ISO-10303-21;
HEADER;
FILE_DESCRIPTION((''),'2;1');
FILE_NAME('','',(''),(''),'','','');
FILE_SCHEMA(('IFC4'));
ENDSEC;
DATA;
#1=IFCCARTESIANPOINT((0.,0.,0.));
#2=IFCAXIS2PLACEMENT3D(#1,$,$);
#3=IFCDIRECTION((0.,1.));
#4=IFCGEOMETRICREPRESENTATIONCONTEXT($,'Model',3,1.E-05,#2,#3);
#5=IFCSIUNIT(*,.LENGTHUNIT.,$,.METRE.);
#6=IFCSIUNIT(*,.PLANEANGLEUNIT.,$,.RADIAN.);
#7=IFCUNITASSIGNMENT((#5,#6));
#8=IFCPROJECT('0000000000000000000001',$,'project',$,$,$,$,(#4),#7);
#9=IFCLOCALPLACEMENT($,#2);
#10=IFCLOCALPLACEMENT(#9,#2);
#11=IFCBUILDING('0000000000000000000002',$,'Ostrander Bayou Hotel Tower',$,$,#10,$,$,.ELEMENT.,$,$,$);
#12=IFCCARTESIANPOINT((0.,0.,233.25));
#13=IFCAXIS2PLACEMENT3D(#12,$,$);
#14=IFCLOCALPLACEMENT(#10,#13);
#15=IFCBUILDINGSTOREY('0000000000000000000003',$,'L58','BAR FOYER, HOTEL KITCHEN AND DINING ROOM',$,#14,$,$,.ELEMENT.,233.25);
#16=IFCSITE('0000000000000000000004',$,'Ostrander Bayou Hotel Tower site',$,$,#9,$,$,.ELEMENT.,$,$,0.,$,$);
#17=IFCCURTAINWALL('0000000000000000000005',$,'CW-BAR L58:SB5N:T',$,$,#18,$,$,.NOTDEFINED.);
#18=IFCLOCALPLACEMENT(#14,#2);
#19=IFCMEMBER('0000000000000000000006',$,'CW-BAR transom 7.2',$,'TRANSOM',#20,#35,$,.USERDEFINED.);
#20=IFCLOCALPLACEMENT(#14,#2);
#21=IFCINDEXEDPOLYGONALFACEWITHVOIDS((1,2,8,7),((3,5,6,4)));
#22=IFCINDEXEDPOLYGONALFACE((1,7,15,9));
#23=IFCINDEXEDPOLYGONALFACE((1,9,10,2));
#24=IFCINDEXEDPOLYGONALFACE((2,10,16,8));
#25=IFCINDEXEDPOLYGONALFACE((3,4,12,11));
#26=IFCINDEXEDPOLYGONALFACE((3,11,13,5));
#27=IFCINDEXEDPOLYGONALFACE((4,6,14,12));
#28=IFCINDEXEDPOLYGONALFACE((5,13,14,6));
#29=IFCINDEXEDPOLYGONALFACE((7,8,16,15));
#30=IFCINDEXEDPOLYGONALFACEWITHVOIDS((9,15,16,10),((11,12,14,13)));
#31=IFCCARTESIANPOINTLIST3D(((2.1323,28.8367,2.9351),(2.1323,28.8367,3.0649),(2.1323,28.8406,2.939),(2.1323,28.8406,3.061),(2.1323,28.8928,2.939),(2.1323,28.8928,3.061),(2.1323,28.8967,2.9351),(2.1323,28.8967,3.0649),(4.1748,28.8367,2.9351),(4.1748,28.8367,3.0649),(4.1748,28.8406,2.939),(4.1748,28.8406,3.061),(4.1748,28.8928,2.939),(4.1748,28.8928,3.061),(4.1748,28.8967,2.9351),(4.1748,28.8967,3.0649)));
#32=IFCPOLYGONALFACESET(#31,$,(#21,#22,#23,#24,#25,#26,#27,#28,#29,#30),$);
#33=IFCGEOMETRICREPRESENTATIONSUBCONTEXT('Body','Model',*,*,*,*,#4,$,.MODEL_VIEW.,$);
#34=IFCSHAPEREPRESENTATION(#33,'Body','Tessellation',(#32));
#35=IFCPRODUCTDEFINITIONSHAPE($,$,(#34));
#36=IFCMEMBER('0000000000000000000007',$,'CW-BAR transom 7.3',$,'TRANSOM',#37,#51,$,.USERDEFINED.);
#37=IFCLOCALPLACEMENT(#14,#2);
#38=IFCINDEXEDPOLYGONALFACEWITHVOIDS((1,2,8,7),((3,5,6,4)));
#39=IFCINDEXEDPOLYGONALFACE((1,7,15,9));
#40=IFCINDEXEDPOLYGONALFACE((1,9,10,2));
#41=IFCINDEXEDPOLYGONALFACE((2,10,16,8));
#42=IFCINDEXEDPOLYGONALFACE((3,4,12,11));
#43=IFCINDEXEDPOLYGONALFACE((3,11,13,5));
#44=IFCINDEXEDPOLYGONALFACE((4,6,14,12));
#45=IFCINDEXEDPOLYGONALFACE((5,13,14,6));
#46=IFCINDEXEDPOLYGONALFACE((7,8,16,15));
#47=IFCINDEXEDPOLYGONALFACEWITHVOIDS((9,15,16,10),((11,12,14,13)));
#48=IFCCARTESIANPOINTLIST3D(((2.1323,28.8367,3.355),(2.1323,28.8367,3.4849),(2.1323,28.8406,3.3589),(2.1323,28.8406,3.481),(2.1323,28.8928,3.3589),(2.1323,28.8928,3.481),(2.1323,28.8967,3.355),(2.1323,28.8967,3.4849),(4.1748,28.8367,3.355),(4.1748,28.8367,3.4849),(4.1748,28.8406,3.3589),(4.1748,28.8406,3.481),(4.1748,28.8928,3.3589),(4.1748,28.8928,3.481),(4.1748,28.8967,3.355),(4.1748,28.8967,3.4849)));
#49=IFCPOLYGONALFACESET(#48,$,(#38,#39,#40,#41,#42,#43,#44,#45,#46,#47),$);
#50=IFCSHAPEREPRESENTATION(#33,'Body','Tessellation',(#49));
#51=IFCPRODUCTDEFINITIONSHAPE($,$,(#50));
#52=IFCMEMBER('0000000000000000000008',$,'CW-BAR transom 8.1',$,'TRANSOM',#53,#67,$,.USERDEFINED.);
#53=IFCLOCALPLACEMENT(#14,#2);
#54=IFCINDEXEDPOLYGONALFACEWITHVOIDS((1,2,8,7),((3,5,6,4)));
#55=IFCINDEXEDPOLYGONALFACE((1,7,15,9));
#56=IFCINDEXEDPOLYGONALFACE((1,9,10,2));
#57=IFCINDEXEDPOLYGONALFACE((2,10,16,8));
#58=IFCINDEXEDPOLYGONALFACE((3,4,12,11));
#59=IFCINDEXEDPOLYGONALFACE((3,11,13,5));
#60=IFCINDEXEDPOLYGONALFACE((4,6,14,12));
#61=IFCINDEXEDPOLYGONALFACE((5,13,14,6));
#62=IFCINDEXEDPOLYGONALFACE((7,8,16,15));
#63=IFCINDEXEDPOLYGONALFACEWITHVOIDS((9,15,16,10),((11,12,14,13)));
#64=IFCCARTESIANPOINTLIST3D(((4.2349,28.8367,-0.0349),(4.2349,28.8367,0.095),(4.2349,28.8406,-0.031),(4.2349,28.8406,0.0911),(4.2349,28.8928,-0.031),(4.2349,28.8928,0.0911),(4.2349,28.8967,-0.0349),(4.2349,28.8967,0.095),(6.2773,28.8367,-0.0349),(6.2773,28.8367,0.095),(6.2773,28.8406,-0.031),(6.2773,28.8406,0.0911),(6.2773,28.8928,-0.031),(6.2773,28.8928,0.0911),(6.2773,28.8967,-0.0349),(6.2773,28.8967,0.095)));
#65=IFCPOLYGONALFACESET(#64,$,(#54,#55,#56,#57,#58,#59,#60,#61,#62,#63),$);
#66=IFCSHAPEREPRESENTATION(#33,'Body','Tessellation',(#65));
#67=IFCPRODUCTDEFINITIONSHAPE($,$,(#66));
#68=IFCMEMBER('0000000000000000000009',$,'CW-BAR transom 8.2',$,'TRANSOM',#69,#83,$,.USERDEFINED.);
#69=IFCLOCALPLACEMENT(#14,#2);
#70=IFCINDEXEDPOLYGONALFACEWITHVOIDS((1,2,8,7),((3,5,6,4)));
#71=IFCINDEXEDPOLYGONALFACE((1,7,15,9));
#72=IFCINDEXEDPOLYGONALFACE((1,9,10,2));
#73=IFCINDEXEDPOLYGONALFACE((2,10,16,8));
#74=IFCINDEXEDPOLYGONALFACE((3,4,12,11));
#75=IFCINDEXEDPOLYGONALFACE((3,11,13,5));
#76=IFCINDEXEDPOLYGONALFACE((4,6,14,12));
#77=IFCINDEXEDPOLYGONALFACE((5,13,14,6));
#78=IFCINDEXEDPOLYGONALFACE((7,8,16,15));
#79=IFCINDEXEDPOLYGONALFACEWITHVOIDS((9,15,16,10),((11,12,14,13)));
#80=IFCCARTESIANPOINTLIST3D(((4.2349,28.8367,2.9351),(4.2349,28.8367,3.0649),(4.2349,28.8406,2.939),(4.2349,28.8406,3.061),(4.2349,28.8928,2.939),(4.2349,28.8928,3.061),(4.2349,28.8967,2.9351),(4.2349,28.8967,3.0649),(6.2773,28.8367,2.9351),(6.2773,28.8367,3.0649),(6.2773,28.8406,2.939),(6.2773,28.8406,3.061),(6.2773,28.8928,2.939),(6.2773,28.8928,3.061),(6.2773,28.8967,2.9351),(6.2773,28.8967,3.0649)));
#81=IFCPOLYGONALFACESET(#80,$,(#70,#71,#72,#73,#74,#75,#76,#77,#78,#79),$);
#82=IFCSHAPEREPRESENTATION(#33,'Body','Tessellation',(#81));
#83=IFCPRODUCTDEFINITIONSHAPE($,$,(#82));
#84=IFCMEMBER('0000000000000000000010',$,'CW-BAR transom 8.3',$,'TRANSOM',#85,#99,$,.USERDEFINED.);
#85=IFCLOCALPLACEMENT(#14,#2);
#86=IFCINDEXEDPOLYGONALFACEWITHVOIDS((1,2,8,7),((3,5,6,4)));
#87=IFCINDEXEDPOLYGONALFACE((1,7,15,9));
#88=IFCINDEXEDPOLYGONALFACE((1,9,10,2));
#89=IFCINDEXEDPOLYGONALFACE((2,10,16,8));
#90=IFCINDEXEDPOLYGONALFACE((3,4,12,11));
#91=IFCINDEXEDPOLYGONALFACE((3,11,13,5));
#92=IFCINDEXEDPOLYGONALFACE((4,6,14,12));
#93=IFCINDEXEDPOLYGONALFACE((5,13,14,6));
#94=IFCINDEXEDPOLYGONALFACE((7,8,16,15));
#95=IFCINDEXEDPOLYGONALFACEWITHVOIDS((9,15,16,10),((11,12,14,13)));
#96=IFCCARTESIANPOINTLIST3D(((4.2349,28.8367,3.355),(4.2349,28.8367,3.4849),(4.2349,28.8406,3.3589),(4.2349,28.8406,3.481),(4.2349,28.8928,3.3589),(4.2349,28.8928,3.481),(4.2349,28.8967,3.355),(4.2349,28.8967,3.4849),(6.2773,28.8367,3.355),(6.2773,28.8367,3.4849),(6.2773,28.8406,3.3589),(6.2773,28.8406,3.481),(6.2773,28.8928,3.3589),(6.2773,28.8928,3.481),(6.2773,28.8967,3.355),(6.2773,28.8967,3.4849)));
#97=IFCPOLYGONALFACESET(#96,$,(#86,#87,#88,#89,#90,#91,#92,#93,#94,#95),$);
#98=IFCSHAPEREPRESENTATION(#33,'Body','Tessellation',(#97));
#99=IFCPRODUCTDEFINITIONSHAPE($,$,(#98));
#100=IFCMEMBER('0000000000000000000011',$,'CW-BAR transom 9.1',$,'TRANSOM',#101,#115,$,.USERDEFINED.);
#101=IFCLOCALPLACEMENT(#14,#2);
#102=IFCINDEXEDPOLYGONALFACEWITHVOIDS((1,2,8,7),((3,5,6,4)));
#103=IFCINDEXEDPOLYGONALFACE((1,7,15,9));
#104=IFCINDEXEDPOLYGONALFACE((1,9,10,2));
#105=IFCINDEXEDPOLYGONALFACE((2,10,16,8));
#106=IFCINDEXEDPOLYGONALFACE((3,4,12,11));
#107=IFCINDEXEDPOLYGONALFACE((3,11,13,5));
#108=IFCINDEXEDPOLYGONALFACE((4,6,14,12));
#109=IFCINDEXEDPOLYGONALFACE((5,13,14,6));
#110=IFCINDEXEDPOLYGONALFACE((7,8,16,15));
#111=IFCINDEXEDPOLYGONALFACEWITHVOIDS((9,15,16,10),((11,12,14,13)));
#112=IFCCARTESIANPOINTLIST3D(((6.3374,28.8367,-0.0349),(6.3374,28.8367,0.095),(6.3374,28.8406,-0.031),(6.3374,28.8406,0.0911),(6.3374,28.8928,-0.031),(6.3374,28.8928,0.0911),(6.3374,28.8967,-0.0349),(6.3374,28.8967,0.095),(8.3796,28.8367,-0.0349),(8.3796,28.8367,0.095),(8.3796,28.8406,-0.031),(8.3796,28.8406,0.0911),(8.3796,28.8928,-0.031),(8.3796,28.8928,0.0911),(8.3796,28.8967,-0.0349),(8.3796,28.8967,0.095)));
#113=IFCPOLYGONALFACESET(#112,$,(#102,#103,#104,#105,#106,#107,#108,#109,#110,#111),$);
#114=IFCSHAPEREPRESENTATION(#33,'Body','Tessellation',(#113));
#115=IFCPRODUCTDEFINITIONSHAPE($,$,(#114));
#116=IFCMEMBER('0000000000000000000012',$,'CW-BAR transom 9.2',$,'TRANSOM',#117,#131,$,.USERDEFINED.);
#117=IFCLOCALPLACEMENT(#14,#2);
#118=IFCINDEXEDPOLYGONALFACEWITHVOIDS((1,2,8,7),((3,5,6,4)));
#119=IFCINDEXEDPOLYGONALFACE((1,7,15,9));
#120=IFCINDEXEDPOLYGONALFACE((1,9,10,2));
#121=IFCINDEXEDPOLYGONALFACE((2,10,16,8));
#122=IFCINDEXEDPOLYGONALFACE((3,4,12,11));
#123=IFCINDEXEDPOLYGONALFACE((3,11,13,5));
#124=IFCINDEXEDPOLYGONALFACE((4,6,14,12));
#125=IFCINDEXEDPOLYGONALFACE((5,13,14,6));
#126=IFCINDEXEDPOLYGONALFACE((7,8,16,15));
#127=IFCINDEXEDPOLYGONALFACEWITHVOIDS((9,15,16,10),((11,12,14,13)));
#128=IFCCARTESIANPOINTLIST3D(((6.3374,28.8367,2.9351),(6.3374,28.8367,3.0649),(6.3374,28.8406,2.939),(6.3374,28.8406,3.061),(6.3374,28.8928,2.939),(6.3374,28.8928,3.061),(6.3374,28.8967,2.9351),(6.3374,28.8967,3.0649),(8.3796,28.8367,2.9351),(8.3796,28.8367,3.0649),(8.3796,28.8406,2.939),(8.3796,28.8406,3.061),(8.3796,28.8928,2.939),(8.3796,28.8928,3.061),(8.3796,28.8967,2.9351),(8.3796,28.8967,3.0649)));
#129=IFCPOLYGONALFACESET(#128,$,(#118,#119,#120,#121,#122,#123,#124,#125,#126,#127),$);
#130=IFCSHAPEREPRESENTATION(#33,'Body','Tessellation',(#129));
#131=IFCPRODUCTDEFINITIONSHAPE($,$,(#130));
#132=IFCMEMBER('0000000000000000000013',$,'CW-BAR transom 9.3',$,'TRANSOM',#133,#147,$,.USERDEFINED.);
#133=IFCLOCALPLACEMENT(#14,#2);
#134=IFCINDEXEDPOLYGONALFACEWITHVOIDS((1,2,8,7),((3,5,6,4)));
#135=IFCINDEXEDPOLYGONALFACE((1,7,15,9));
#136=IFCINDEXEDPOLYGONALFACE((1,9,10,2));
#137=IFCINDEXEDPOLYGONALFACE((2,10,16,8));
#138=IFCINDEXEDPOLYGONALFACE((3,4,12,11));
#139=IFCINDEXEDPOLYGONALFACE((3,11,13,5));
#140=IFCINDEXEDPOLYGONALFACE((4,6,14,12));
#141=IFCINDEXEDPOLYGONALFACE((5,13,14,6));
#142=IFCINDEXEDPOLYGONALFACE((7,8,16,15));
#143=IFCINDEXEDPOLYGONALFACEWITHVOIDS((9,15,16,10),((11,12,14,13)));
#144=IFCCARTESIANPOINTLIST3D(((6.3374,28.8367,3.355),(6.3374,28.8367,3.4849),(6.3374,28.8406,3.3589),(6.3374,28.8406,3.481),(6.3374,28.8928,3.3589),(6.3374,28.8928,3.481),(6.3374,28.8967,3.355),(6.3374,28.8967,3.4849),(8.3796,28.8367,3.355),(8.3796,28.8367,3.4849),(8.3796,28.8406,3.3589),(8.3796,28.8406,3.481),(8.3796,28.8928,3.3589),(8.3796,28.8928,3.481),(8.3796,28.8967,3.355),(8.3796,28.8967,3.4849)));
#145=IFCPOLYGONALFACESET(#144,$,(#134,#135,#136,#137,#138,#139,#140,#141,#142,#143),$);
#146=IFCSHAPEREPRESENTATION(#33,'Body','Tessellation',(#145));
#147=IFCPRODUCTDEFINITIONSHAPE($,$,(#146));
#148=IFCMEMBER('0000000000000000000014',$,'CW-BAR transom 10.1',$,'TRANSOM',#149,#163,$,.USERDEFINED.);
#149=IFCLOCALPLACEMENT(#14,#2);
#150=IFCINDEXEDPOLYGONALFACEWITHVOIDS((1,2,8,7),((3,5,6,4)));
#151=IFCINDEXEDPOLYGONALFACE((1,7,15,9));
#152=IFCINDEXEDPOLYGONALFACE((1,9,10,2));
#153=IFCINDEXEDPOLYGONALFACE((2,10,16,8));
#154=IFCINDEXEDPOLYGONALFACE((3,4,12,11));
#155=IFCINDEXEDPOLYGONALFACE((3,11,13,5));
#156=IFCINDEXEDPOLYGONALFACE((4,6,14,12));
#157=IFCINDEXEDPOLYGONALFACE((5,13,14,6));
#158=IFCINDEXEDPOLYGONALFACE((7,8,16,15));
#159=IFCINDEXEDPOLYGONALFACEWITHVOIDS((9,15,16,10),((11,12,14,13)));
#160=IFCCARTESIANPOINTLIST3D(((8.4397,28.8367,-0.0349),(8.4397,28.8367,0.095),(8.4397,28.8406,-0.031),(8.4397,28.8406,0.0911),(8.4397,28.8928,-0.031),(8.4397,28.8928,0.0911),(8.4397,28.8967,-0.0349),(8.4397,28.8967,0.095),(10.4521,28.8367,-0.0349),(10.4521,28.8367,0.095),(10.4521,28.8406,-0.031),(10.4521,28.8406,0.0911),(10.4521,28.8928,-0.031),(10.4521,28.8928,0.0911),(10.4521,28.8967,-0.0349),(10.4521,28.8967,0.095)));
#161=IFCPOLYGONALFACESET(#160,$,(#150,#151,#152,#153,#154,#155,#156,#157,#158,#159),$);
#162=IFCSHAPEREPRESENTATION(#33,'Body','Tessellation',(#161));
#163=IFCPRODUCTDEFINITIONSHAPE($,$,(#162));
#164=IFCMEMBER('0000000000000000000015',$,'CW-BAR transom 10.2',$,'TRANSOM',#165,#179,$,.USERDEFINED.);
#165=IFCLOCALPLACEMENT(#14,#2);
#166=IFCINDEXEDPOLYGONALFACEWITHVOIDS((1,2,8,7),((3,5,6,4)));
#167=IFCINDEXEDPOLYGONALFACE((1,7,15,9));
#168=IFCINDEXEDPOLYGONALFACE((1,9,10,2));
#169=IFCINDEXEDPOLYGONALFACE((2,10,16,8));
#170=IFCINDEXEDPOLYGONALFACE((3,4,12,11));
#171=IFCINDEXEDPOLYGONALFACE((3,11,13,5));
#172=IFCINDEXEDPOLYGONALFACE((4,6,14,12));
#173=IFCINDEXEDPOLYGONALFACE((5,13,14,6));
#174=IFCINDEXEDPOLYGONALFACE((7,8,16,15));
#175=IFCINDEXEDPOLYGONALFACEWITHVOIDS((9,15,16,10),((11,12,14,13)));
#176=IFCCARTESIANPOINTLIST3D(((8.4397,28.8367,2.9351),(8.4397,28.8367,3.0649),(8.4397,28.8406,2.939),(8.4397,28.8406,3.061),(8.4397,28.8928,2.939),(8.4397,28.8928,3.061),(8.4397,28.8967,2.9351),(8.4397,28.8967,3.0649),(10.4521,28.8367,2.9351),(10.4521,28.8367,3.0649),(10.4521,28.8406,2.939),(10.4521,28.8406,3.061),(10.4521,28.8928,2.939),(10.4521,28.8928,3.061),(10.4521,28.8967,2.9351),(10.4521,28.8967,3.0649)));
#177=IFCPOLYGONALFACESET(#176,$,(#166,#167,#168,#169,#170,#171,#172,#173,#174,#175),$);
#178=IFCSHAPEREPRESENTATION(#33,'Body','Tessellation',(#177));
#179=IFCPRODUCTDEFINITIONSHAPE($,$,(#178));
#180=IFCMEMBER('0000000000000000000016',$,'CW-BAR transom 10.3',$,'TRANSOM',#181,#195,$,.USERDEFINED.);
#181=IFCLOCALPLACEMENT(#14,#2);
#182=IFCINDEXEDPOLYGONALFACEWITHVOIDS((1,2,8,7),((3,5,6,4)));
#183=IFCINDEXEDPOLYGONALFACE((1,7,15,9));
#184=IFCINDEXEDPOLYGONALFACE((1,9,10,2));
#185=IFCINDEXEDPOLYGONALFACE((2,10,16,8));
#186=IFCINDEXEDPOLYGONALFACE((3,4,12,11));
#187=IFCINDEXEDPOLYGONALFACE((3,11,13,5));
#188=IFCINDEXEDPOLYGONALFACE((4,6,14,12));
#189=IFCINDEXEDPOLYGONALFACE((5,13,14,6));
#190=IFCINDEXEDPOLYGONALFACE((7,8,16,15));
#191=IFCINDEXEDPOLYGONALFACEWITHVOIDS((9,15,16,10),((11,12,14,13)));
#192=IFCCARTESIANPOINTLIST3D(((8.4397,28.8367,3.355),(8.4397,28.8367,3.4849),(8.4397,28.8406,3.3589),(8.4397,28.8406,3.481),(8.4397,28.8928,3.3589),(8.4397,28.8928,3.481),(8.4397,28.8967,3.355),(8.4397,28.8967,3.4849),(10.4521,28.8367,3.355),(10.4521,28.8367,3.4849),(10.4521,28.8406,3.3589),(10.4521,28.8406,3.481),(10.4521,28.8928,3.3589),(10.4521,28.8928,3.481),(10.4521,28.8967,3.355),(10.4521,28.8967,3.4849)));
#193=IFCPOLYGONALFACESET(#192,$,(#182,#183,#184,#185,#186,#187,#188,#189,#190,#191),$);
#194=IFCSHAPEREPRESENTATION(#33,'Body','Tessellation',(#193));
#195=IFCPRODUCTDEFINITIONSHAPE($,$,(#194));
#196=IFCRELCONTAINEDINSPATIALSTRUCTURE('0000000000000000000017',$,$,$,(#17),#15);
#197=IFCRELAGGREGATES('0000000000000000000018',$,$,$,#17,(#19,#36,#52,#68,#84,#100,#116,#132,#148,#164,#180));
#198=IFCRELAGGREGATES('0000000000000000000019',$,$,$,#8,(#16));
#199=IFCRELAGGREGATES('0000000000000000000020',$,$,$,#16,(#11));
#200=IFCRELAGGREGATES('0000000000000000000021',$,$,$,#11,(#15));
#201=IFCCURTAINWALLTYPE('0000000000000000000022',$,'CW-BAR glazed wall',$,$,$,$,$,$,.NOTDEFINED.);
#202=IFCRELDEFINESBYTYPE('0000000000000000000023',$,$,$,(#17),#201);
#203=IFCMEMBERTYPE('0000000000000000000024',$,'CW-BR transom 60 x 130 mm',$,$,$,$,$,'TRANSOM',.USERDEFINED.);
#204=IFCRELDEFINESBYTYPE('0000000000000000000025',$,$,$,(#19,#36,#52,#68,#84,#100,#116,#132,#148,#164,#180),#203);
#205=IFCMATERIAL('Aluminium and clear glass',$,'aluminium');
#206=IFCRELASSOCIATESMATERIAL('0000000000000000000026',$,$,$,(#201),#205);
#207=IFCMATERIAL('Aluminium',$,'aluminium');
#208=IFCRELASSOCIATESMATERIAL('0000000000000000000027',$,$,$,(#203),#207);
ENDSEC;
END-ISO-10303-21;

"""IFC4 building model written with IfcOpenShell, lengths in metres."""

from ifc_helpers import new_model, si_unit, direction, frame, origin, origin_2d, place, context, subcontext, project, spatial, hollow_rectangle, extrude, material, material_profile, profile_set, type_object, element, aggregate, save


model = new_model("IFC4")

# Units and contexts
model_context = context("Model", 3, precision=1e-05, world=origin(), true_north=direction((0.0, 1.0)))
body_context = subcontext(model_context, "Body", "Model", "MODEL_VIEW")
ifc_project = project(units=[si_unit("LENGTHUNIT", "METRE"), si_unit("PLANEANGLEUNIT", "RADIAN")], contexts=[model_context])

# Site, building, storey
site_placement = place(None, origin())
site = spatial("IfcSite", under=ifc_project, at=site_placement, Name="Ostrander Bayou Hotel Tower site", CompositionType="ELEMENT", RefElevation=0.0)
building_placement = place(site_placement, origin())
building = spatial("IfcBuilding", under=site, at=building_placement, Name="Ostrander Bayou Hotel Tower", CompositionType="ELEMENT")
storey_placement = place(building_placement, frame((0.0, 0.0, 233.25)))
storey = spatial("IfcBuildingStorey", under=building, at=storey_placement, Name="L58", Description="BAR FOYER, HOTEL KITCHEN AND DINING ROOM", CompositionType="ELEMENT", Elevation=233.25)

# Curtain wall
ifc_material_1 = material(Name="Aluminium and clear glass", Category="aluminium")
curtain_wall_type = type_object("IfcCurtainWallType", Name="CW-BAR glazed wall", PredefinedType="NOTDEFINED", material=ifc_material_1)
curtain_wall_1_placement = place(storey_placement, origin())
curtain_wall_1 = element("IfcCurtainWall", 1, at=curtain_wall_1_placement, inside=storey, type_object=curtain_wall_type, Name="CW-BAR L58:SB5N:T", PredefinedType="NOTDEFINED")

# Members
ifc_material_2 = material(Name="Aluminium", Category="aluminium")
ifc_material_profile_1 = material_profile(ifc_material_2, hollow_rectangle(XDim=0.0601, YDim=0.1299, WallThickness=0.0039, at=origin_2d()))
ifc_profile_set_1 = profile_set([ifc_material_profile_1], Name="Aluminium")
member_type_1 = type_object("IfcMemberType", Name="CW-BR transom 60 x 130 mm", ElementType="TRANSOM", PredefinedType="USERDEFINED", material=ifc_profile_set_1)
member_1_placement = place(storey_placement, frame((2.1323, 28.8667, 3.0), z_axis=(1.0, 0.0, 0.0), x_axis=(0.0, 1.0, 0.0)))
member_1 = element("IfcMember", 2, at=member_1_placement, type_object=member_type_1, Name="CW-BAR transom 7.2", ObjectType="TRANSOM", PredefinedType="USERDEFINED", context=body_context, shape_type="SweptSolid", body=[
    extrude(hollow_rectangle(XDim=0.0601, YDim=0.1299, WallThickness=0.0039, at=origin_2d()), origin(), (0.0, 0.0, 1.0), 2.0425),
])
member_2_placement = place(storey_placement, frame((2.1323, 28.8667, 3.4199), z_axis=(1.0, 0.0, 0.0), x_axis=(0.0, 1.0, 0.0)))
member_2 = element("IfcMember", 3, at=member_2_placement, type_object=member_type_1, Name="CW-BAR transom 7.3", ObjectType="TRANSOM", PredefinedType="USERDEFINED", context=body_context, shape_type="SweptSolid", body=[
    extrude(hollow_rectangle(XDim=0.0601, YDim=0.1299, WallThickness=0.0039, at=origin_2d()), origin(), (0.0, 0.0, 1.0), 2.0425),
])
member_3_placement = place(storey_placement, frame((4.2349, 28.8667, 0.03), z_axis=(1.0, 0.0, 0.0), x_axis=(0.0, 1.0, 0.0)))
member_3 = element("IfcMember", 4, at=member_3_placement, type_object=member_type_1, Name="CW-BAR transom 8.1", ObjectType="TRANSOM", PredefinedType="USERDEFINED", context=body_context, shape_type="SweptSolid", body=[
    extrude(hollow_rectangle(XDim=0.0601, YDim=0.1299, WallThickness=0.0039, at=origin_2d()), origin(), (0.0, 0.0, 1.0), 2.0425),
])
member_4_placement = place(storey_placement, frame((4.2349, 28.8667, 3.0), z_axis=(1.0, 0.0, 0.0), x_axis=(0.0, 1.0, 0.0)))
member_4 = element("IfcMember", 5, at=member_4_placement, type_object=member_type_1, Name="CW-BAR transom 8.2", ObjectType="TRANSOM", PredefinedType="USERDEFINED", context=body_context, shape_type="SweptSolid", body=[
    extrude(hollow_rectangle(XDim=0.0601, YDim=0.1299, WallThickness=0.0039, at=origin_2d()), origin(), (0.0, 0.0, 1.0), 2.0425),
])
member_5_placement = place(storey_placement, frame((4.2349, 28.8667, 3.4199), z_axis=(1.0, 0.0, 0.0), x_axis=(0.0, 1.0, 0.0)))
member_5 = element("IfcMember", 6, at=member_5_placement, type_object=member_type_1, Name="CW-BAR transom 8.3", ObjectType="TRANSOM", PredefinedType="USERDEFINED", context=body_context, shape_type="SweptSolid", body=[
    extrude(hollow_rectangle(XDim=0.0601, YDim=0.1299, WallThickness=0.0039, at=origin_2d()), origin(), (0.0, 0.0, 1.0), 2.0425),
])
member_6_placement = place(storey_placement, frame((6.3374, 28.8667, 0.03), z_axis=(1.0, 0.0, 0.0), x_axis=(0.0, 1.0, 0.0)))
member_6 = element("IfcMember", 7, at=member_6_placement, type_object=member_type_1, Name="CW-BAR transom 9.1", ObjectType="TRANSOM", PredefinedType="USERDEFINED", context=body_context, shape_type="SweptSolid", body=[
    extrude(hollow_rectangle(XDim=0.0601, YDim=0.1299, WallThickness=0.0039, at=origin_2d()), origin(), (0.0, 0.0, 1.0), 2.0422),
])
member_7_placement = place(storey_placement, frame((6.3374, 28.8667, 3.0), z_axis=(1.0, 0.0, 0.0), x_axis=(0.0, 1.0, 0.0)))
member_7 = element("IfcMember", 8, at=member_7_placement, type_object=member_type_1, Name="CW-BAR transom 9.2", ObjectType="TRANSOM", PredefinedType="USERDEFINED", context=body_context, shape_type="SweptSolid", body=[
    extrude(hollow_rectangle(XDim=0.0601, YDim=0.1299, WallThickness=0.0039, at=origin_2d()), origin(), (0.0, 0.0, 1.0), 2.0422),
])
member_8_placement = place(storey_placement, frame((6.3374, 28.8667, 3.4199), z_axis=(1.0, 0.0, 0.0), x_axis=(0.0, 1.0, 0.0)))
member_8 = element("IfcMember", 9, at=member_8_placement, type_object=member_type_1, Name="CW-BAR transom 9.3", ObjectType="TRANSOM", PredefinedType="USERDEFINED", context=body_context, shape_type="SweptSolid", body=[
    extrude(hollow_rectangle(XDim=0.0601, YDim=0.1299, WallThickness=0.0039, at=origin_2d()), origin(), (0.0, 0.0, 1.0), 2.0422),
])
member_9_placement = place(storey_placement, frame((8.4397, 28.8667, 0.03), z_axis=(1.0, 0.0, 0.0), x_axis=(0.0, 1.0, 0.0)))
member_9 = element("IfcMember", 10, at=member_9_placement, type_object=member_type_1, Name="CW-BAR transom 10.1", ObjectType="TRANSOM", PredefinedType="USERDEFINED", context=body_context, shape_type="SweptSolid", body=[
    extrude(hollow_rectangle(XDim=0.0601, YDim=0.1299, WallThickness=0.0039, at=origin_2d()), origin(), (0.0, 0.0, 1.0), 2.0125),
])
member_10_placement = place(storey_placement, frame((8.4397, 28.8667, 3.0), z_axis=(1.0, 0.0, 0.0), x_axis=(0.0, 1.0, 0.0)))
member_10 = element("IfcMember", 11, at=member_10_placement, type_object=member_type_1, Name="CW-BAR transom 10.2", ObjectType="TRANSOM", PredefinedType="USERDEFINED", context=body_context, shape_type="SweptSolid", body=[
    extrude(hollow_rectangle(XDim=0.0601, YDim=0.1299, WallThickness=0.0039, at=origin_2d()), origin(), (0.0, 0.0, 1.0), 2.0125),
])
member_11_placement = place(storey_placement, frame((8.4397, 28.8667, 3.4199), z_axis=(1.0, 0.0, 0.0), x_axis=(0.0, 1.0, 0.0)))
member_11 = element("IfcMember", 12, at=member_11_placement, type_object=member_type_1, Name="CW-BAR transom 10.3", ObjectType="TRANSOM", PredefinedType="USERDEFINED", context=body_context, shape_type="SweptSolid", body=[
    extrude(hollow_rectangle(XDim=0.0601, YDim=0.1299, WallThickness=0.0039, at=origin_2d()), origin(), (0.0, 0.0, 1.0), 2.0125),
])

aggregate(curtain_wall_1, [member_1, member_2, member_3, member_4, member_5, member_6, member_7, member_8, member_9, member_10, member_11])

save(model, "model.ifc")
